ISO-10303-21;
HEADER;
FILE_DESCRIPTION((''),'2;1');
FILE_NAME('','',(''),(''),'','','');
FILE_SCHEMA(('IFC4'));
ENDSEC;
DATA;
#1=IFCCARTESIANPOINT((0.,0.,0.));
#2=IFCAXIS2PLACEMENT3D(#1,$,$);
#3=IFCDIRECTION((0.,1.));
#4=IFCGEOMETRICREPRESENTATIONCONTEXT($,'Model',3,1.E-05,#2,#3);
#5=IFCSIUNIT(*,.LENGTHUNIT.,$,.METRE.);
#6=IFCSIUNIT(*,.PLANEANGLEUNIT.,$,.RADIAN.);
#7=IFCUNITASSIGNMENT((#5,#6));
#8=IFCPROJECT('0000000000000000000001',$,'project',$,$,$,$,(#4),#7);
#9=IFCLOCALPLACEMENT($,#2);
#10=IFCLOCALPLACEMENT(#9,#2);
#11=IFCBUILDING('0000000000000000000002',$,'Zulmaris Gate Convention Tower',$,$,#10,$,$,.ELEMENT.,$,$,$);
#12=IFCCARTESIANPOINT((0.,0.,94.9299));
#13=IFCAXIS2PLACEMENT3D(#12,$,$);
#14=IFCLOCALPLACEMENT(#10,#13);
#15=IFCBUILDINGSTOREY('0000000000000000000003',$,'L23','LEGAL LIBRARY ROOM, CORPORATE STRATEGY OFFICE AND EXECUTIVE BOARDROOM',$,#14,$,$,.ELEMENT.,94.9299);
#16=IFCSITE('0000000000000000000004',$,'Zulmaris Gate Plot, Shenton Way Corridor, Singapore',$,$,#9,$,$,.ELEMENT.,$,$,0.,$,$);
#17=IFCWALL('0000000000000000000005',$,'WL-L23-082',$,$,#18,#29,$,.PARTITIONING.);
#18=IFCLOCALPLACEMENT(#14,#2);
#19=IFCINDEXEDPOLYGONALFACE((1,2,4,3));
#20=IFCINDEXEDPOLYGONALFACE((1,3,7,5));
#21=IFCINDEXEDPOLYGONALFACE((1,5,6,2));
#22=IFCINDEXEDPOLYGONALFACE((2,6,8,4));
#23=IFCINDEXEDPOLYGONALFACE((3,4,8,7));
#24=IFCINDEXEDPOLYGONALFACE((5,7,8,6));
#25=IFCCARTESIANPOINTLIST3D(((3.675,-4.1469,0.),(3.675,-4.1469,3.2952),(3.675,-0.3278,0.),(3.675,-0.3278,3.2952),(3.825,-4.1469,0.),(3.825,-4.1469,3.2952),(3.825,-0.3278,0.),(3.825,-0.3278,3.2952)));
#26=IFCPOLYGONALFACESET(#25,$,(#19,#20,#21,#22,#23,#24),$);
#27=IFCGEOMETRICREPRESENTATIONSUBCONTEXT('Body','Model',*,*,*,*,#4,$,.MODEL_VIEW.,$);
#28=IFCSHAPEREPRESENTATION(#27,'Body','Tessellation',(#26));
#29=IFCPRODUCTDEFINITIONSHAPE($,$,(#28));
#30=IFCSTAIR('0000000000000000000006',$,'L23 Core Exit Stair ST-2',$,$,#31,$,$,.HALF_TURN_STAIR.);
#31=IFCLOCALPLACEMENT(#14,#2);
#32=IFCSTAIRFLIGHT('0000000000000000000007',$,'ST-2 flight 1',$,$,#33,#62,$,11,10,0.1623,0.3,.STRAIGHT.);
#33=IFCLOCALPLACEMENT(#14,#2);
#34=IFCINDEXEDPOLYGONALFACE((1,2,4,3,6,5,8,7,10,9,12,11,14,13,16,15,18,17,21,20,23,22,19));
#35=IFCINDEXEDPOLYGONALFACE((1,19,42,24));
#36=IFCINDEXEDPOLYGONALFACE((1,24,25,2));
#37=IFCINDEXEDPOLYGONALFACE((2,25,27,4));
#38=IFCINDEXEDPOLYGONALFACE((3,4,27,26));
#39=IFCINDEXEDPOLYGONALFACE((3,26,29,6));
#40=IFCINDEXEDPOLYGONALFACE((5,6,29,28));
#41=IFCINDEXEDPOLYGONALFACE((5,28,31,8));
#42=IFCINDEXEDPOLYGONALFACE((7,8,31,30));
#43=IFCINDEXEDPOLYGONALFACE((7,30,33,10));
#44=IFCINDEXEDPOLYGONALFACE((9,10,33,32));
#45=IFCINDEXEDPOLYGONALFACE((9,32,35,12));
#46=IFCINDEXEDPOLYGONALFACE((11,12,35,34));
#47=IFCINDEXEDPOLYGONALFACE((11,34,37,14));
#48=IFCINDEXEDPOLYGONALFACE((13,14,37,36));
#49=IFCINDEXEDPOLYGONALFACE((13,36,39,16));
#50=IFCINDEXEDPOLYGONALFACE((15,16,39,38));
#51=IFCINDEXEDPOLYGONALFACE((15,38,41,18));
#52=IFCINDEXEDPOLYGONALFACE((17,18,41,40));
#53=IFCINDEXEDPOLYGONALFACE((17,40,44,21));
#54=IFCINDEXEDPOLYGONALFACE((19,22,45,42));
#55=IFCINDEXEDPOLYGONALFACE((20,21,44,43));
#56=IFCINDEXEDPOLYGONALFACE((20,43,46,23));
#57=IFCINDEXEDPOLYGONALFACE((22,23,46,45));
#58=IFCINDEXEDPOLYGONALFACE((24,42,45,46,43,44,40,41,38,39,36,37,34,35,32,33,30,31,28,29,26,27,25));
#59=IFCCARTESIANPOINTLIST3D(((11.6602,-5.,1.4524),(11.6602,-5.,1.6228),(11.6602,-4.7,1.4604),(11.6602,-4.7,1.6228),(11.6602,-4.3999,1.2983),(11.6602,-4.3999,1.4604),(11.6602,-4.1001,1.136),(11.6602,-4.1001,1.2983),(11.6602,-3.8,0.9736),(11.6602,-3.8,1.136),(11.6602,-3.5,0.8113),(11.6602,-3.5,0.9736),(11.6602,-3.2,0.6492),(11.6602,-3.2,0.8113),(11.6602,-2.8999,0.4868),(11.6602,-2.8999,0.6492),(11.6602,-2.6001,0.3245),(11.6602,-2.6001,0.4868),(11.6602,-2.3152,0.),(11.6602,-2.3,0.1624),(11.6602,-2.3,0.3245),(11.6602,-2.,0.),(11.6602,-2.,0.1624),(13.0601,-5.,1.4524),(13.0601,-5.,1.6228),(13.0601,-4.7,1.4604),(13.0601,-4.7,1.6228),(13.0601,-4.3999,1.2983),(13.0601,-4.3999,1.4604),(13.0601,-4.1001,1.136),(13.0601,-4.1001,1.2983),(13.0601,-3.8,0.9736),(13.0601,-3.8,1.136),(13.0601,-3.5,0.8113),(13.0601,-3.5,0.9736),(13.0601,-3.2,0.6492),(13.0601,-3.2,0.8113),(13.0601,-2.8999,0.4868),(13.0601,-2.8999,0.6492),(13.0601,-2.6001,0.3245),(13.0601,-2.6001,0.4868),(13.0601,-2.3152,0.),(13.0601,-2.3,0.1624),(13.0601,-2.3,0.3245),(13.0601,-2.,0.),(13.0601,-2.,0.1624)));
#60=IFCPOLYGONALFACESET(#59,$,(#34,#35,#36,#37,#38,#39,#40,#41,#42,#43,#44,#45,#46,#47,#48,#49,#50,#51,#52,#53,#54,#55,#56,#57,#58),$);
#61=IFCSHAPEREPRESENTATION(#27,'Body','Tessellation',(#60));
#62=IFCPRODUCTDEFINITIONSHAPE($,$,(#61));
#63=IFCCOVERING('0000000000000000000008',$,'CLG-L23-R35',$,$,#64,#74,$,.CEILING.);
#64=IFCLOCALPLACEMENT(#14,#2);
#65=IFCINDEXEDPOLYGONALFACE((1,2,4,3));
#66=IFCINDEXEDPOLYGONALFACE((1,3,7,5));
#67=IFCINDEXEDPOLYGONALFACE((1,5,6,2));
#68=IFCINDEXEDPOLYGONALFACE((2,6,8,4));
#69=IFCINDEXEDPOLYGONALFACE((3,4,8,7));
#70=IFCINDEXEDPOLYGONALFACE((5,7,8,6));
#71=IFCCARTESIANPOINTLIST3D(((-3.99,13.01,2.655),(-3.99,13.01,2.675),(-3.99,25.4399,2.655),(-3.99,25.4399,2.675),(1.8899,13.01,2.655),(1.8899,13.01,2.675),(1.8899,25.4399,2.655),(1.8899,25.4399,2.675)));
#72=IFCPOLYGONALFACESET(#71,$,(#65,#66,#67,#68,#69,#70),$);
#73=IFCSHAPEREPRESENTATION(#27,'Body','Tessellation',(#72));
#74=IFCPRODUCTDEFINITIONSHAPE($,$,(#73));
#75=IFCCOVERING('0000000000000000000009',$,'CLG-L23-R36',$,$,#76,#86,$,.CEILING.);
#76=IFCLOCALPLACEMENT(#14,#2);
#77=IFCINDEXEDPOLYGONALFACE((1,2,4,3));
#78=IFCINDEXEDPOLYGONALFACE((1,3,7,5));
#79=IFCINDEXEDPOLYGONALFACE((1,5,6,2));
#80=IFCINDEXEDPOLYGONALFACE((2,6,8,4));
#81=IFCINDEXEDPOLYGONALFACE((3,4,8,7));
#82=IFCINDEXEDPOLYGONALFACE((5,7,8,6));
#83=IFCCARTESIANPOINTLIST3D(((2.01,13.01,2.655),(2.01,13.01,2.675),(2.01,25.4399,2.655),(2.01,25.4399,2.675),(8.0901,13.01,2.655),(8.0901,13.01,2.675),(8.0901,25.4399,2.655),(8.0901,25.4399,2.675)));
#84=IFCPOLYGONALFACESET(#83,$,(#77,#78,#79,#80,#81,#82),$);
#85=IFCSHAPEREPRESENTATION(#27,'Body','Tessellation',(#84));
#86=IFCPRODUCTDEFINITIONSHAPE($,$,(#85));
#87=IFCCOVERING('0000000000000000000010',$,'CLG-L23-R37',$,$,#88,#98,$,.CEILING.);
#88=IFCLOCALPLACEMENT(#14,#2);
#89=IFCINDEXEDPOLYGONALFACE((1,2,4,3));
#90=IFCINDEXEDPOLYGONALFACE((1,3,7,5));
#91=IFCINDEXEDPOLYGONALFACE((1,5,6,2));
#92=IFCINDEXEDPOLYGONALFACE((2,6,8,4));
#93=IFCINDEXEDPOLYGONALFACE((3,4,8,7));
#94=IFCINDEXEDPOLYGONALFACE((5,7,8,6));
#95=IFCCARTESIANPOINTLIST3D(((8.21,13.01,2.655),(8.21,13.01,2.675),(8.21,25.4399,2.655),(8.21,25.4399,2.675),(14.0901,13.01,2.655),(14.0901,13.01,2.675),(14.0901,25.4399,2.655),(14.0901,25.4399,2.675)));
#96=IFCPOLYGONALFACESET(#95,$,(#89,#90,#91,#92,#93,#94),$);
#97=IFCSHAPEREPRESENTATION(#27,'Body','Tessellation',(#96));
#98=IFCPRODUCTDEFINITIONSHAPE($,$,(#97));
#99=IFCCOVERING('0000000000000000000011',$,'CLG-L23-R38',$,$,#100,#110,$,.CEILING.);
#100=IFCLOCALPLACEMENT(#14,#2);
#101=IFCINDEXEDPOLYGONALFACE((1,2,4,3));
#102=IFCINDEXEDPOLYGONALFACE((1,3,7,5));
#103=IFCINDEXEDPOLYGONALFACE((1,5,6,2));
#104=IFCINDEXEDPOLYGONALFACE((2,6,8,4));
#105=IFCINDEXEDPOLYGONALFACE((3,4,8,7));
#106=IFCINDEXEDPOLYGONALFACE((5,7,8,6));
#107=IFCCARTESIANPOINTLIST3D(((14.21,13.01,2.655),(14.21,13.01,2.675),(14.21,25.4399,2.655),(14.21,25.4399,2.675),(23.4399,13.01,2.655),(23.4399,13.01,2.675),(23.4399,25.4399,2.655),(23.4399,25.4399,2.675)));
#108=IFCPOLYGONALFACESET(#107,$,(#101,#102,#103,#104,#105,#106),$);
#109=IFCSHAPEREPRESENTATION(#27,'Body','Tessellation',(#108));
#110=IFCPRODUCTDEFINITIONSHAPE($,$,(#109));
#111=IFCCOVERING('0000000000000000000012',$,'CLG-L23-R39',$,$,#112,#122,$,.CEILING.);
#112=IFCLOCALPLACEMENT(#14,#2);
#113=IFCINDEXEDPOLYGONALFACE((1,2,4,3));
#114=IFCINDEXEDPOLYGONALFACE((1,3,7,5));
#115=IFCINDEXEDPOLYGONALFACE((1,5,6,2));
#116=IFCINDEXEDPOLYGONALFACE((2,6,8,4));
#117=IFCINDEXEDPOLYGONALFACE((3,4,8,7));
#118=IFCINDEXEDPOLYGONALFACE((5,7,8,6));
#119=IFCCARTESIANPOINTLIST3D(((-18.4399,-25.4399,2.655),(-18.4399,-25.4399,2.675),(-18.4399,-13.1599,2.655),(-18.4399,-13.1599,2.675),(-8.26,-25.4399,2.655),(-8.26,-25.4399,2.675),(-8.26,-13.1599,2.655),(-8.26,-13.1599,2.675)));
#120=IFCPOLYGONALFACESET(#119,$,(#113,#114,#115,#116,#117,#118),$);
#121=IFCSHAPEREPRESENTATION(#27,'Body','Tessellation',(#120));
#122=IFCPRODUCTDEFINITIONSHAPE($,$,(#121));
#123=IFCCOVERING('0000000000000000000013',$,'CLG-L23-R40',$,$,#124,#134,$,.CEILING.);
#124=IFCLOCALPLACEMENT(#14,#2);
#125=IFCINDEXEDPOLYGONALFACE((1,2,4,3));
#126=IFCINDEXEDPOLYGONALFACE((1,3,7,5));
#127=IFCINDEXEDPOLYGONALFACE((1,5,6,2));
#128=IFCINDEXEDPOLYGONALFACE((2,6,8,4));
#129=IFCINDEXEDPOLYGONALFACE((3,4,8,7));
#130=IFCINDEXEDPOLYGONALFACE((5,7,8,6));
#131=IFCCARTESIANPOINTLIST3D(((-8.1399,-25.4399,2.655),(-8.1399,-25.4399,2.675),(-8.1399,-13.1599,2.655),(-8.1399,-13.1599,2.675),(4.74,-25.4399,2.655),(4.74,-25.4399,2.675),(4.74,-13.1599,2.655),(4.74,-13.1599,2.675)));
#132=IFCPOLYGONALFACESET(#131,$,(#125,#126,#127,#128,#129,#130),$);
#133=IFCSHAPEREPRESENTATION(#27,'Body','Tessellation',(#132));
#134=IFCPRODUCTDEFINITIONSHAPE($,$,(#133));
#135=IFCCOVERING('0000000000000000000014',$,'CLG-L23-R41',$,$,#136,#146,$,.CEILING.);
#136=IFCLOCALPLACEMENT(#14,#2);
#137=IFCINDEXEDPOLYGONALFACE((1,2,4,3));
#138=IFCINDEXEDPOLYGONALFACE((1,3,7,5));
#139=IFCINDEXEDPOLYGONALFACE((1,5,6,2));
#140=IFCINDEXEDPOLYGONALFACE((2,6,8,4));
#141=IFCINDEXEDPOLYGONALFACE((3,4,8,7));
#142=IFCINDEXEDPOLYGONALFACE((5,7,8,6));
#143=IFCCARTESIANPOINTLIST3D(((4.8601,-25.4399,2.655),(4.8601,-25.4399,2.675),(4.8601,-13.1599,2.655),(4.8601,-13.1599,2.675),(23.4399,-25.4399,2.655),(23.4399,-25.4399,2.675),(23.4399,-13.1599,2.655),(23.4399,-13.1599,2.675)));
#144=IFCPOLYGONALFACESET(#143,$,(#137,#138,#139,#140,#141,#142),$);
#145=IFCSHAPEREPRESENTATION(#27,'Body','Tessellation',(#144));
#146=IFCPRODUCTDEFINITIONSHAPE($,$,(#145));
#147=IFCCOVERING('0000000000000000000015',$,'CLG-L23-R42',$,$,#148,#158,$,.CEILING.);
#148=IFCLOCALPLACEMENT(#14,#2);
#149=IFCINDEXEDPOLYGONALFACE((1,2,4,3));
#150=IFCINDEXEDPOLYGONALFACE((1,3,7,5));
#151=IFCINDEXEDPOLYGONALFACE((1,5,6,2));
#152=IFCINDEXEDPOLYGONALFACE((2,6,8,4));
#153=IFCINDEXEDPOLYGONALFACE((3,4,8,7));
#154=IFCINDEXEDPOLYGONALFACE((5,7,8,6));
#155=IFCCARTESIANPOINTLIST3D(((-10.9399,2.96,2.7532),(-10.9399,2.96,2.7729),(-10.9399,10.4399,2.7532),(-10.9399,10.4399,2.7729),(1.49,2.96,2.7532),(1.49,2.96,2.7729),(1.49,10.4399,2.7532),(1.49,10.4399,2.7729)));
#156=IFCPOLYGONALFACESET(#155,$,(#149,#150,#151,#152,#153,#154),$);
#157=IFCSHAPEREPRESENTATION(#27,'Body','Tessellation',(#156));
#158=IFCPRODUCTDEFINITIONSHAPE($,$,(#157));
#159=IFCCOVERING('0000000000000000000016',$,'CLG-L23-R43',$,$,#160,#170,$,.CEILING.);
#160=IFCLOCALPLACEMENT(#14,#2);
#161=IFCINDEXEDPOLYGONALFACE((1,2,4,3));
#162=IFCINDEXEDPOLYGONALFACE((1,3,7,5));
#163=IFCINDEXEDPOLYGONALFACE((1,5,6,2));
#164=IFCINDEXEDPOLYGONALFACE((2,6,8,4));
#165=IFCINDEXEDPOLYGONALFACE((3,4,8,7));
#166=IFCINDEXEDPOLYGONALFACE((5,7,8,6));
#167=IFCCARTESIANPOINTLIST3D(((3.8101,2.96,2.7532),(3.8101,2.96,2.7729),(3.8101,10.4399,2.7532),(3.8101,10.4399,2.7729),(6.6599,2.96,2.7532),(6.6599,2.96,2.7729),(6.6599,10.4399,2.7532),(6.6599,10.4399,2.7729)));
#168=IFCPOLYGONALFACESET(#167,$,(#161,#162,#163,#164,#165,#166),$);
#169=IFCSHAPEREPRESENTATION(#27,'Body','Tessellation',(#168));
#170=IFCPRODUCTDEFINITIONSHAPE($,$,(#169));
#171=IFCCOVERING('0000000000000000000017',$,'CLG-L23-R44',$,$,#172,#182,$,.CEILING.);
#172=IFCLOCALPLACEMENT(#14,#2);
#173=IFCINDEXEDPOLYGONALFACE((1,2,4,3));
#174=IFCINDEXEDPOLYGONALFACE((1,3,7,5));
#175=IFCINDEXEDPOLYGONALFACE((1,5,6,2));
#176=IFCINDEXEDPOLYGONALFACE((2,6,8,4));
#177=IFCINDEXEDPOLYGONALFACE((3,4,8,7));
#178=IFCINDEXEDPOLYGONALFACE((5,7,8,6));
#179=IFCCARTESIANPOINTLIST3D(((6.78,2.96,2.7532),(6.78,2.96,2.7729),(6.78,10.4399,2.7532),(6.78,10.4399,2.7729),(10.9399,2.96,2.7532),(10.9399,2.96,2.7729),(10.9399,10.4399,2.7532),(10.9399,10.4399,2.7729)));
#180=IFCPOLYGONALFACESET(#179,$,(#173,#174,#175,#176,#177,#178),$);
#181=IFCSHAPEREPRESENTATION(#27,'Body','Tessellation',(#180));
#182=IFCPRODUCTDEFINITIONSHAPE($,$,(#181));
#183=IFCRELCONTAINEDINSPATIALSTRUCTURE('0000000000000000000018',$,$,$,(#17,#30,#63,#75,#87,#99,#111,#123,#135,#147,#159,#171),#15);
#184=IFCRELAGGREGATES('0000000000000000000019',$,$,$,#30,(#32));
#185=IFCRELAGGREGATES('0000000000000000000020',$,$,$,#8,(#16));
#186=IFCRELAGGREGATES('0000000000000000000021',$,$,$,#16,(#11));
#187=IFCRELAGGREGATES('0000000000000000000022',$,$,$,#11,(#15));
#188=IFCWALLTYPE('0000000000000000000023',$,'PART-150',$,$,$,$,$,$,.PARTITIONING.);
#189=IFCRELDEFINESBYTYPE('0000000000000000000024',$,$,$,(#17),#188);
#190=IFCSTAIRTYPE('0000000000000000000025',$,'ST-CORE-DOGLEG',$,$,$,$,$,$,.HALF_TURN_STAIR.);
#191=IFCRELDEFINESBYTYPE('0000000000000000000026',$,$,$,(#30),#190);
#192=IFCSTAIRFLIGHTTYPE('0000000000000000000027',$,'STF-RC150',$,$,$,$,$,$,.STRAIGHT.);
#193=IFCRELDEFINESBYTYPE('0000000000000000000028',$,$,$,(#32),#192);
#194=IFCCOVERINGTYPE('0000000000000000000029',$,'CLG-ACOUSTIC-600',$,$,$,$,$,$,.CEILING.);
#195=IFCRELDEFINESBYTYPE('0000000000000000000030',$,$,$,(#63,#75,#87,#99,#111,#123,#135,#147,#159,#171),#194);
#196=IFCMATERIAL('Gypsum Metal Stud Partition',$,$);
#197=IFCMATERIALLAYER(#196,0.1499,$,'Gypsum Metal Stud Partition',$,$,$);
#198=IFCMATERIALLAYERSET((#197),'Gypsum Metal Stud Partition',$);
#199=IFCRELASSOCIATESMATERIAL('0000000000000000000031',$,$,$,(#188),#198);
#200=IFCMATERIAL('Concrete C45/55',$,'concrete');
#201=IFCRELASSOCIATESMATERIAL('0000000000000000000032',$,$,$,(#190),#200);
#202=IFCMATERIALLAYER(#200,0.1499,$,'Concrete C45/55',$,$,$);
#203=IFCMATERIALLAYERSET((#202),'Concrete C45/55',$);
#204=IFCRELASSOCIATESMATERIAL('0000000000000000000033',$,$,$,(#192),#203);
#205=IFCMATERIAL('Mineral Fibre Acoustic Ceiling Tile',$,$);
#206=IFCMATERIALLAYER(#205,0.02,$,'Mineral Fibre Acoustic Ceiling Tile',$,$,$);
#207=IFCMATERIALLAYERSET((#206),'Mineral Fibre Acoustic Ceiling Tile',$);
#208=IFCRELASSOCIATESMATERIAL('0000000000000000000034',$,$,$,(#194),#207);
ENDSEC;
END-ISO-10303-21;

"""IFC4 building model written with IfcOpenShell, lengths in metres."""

from ifc_helpers import new_model, si_unit, direction, frame, frame_2d, origin, place, context, subcontext, project, spatial, polyline, rectangle, outline, extrude, material, layer, layer_set, type_object, element, aggregate, save


model = new_model("IFC4")

# Units and contexts
model_context = context("Model", 3, precision=1e-05, world=origin(), true_north=direction((0.0, 1.0)))
body_context = subcontext(model_context, "Body", "Model", "MODEL_VIEW")
ifc_project = project(units=[si_unit("LENGTHUNIT", "METRE"), si_unit("PLANEANGLEUNIT", "RADIAN")], contexts=[model_context])

# Site, building, storey
site_placement = place(None, origin())
site = spatial("IfcSite", under=ifc_project, at=site_placement, Name="Zulmaris Gate Plot, Shenton Way Corridor, Singapore", CompositionType="ELEMENT", RefElevation=0.0)
building_placement = place(site_placement, origin())
building = spatial("IfcBuilding", under=site, at=building_placement, Name="Zulmaris Gate Convention Tower", CompositionType="ELEMENT")
storey_placement = place(building_placement, frame((0.0, 0.0, 94.9299)))
storey = spatial("IfcBuildingStorey", under=building, at=storey_placement, Name="L23", Description="LEGAL LIBRARY ROOM, CORPORATE STRATEGY OFFICE AND EXECUTIVE BOARDROOM", CompositionType="ELEMENT", Elevation=94.9299)

# Wall
ifc_material_1 = material(Name="Gypsum Metal Stud Partition")
ifc_layer_1 = layer(ifc_material_1, 0.1499, Name="Gypsum Metal Stud Partition")
ifc_layer_set_1 = layer_set([ifc_layer_1], Name="Gypsum Metal Stud Partition")
wall_type_1 = type_object("IfcWallType", Name="PART-150", PredefinedType="PARTITIONING", material=ifc_layer_set_1)
wall_1_placement = place(storey_placement, frame((3.75, -4.147, 0.0), z_axis=(0.0, 0.0, 1.0), x_axis=(0.0, 1.0, 0.0)))
element("IfcWall", 1, at=wall_1_placement, inside=storey, type_object=wall_type_1, Name="WL-L23-082", PredefinedType="PARTITIONING", context=body_context, shape_type="SweptSolid", body=[
    extrude(rectangle(XDim=3.8191, YDim=0.1499, at=frame_2d((1.9097, 0.0))), origin(), (0.0, 0.0, 1.0), 3.2952),
])

# Stair, stair flight
ifc_material_2 = material(Name="Concrete C45/55", Category="concrete")
stair_type = type_object("IfcStairType", Name="ST-CORE-DOGLEG", PredefinedType="HALF_TURN_STAIR", material=ifc_material_2)
stair_placement = place(storey_placement, origin())
stair = element("IfcStair", 2, at=stair_placement, inside=storey, type_object=stair_type, Name="L23 Core Exit Stair ST-2", PredefinedType="HALF_TURN_STAIR")
ifc_layer_2 = layer(ifc_material_2, 0.1499, Name="Concrete C45/55")
ifc_layer_set_2 = layer_set([ifc_layer_2], Name="Concrete C45/55")
stair_flight_type = type_object("IfcStairFlightType", Name="STF-RC150", PredefinedType="STRAIGHT", material=ifc_layer_set_2)
stair_flight_placement = place(storey_placement, frame((12.3601, -2.0, 0.0), z_axis=(0.0, 0.0, 1.0), x_axis=(0.0, -1.0, 0.0)))
stair_flight = element("IfcStairFlight", 3, at=stair_flight_placement, type_object=stair_flight_type, Name="ST-2 flight 1", NumberOfRisers=11, NumberOfTreads=10, PredefinedType="STRAIGHT", RiserHeight=0.1623, TreadLength=0.3, context=body_context, shape_type="SweptSolid", body=[
    extrude(outline(polyline([(0.0, 0.0), (0.0, 0.1624), (0.3, 0.1624), (0.3, 0.3245), (0.6001, 0.3245), (0.6001, 0.4868), (0.8999, 0.4868), (0.8999, 0.6492), (1.2, 0.6492), (1.2, 0.8113), (1.5, 0.8113), (1.5, 0.9736), (1.8, 0.9736), (1.8, 1.136), (2.1001, 1.136), (2.1001, 1.2983), (2.3999, 1.2983), (2.3999, 1.4604), (2.7, 1.4604), (2.7, 1.6228), (3.0, 1.6228), (3.0, 1.7852), (3.0, 1.4524), (0.3152, 0.0), (0.0, 0.0)])), frame((0.0, 0.7, 0.0), z_axis=(0.0, -1.0, 0.0), x_axis=(1.0, 0.0, 0.0)), (0.0, 0.0, 1.0), 1.3999),
])
aggregate(stair, [stair_flight])

# Coverings
ifc_material_3 = material(Name="Mineral Fibre Acoustic Ceiling Tile")
ifc_layer_3 = layer(ifc_material_3, 0.02, Name="Mineral Fibre Acoustic Ceiling Tile")
ifc_layer_set_3 = layer_set([ifc_layer_3], Name="Mineral Fibre Acoustic Ceiling Tile")
covering_type_1 = type_object("IfcCoveringType", Name="CLG-ACOUSTIC-600", PredefinedType="CEILING", material=ifc_layer_set_3)
covering_1_placement = place(storey_placement, frame((0.0, 0.0, 2.655)))
element("IfcCovering", 4, at=covering_1_placement, inside=storey, type_object=covering_type_1, Name="CLG-L23-R35", PredefinedType="CEILING", context=body_context, shape_type="SweptSolid", body=[
    extrude(outline(polyline([(-3.99, 13.01), (1.8899, 13.01), (1.8899, 25.4399), (-3.99, 25.4399), (-3.99, 13.01)])), origin(), (0.0, 0.0, 1.0), 0.02),
])
covering_2_placement = place(storey_placement, frame((0.0, 0.0, 2.655)))
element("IfcCovering", 5, at=covering_2_placement, inside=storey, type_object=covering_type_1, Name="CLG-L23-R36", PredefinedType="CEILING", context=body_context, shape_type="SweptSolid", body=[
    extrude(outline(polyline([(2.01, 13.01), (8.0901, 13.01), (8.0901, 25.4399), (2.01, 25.4399), (2.01, 13.01)])), origin(), (0.0, 0.0, 1.0), 0.02),
])
covering_3_placement = place(storey_placement, frame((0.0, 0.0, 2.655)))
element("IfcCovering", 6, at=covering_3_placement, inside=storey, type_object=covering_type_1, Name="CLG-L23-R37", PredefinedType="CEILING", context=body_context, shape_type="SweptSolid", body=[
    extrude(outline(polyline([(8.21, 13.01), (14.0901, 13.01), (14.0901, 25.4399), (8.21, 25.4399), (8.21, 13.01)])), origin(), (0.0, 0.0, 1.0), 0.02),
])
covering_4_placement = place(storey_placement, frame((0.0, 0.0, 2.655)))
element("IfcCovering", 7, at=covering_4_placement, inside=storey, type_object=covering_type_1, Name="CLG-L23-R38", PredefinedType="CEILING", context=body_context, shape_type="SweptSolid", body=[
    extrude(outline(polyline([(14.21, 13.01), (23.4399, 13.01), (23.4399, 25.4399), (14.21, 25.4399), (14.21, 13.01)])), origin(), (0.0, 0.0, 1.0), 0.02),
])
covering_5_placement = place(storey_placement, frame((0.0, 0.0, 2.655)))
element("IfcCovering", 8, at=covering_5_placement, inside=storey, type_object=covering_type_1, Name="CLG-L23-R39", PredefinedType="CEILING", context=body_context, shape_type="SweptSolid", body=[
    extrude(outline(polyline([(-18.4399, -25.4399), (-8.26, -25.4399), (-8.26, -13.1599), (-18.4399, -13.1599), (-18.4399, -25.4399)])), origin(), (0.0, 0.0, 1.0), 0.02),
])
covering_6_placement = place(storey_placement, frame((0.0, 0.0, 2.655)))
element("IfcCovering", 9, at=covering_6_placement, inside=storey, type_object=covering_type_1, Name="CLG-L23-R40", PredefinedType="CEILING", context=body_context, shape_type="SweptSolid", body=[
    extrude(outline(polyline([(-8.1399, -25.4399), (4.74, -25.4399), (4.74, -13.1599), (-8.1399, -13.1599), (-8.1399, -25.4399)])), origin(), (0.0, 0.0, 1.0), 0.02),
])
covering_7_placement = place(storey_placement, frame((0.0, 0.0, 2.655)))
element("IfcCovering", 10, at=covering_7_placement, inside=storey, type_object=covering_type_1, Name="CLG-L23-R41", PredefinedType="CEILING", context=body_context, shape_type="SweptSolid", body=[
    extrude(outline(polyline([(4.8601, -25.4399), (23.4399, -25.4399), (23.4399, -13.1599), (4.8601, -13.1599), (4.8601, -25.4399)])), origin(), (0.0, 0.0, 1.0), 0.02),
])
covering_8_placement = place(storey_placement, frame((0.0, 0.0, 2.7532)))
element("IfcCovering", 11, at=covering_8_placement, inside=storey, type_object=covering_type_1, Name="CLG-L23-R42", PredefinedType="CEILING", context=body_context, shape_type="SweptSolid", body=[
    extrude(outline(polyline([(-10.9399, 2.96), (1.49, 2.96), (1.49, 10.4399), (-10.9399, 10.4399), (-10.9399, 2.96)])), origin(), (0.0, 0.0, 1.0), 0.0198),
])
covering_9_placement = place(storey_placement, frame((0.0, 0.0, 2.7532)))
element("IfcCovering", 12, at=covering_9_placement, inside=storey, type_object=covering_type_1, Name="CLG-L23-R43", PredefinedType="CEILING", context=body_context, shape_type="SweptSolid", body=[
    extrude(outline(polyline([(3.8101, 2.96), (6.6599, 2.96), (6.6599, 10.4399), (3.8101, 10.4399), (3.8101, 2.96)])), origin(), (0.0, 0.0, 1.0), 0.0198),
])
covering_10_placement = place(storey_placement, frame((0.0, 0.0, 2.7532)))
element("IfcCovering", 13, at=covering_10_placement, inside=storey, type_object=covering_type_1, Name="CLG-L23-R44", PredefinedType="CEILING", context=body_context, shape_type="SweptSolid", body=[
    extrude(outline(polyline([(6.78, 2.96), (10.9399, 2.96), (10.9399, 10.4399), (6.78, 10.4399), (6.78, 2.96)])), origin(), (0.0, 0.0, 1.0), 0.0198),
])

save(model, "model.ifc")
